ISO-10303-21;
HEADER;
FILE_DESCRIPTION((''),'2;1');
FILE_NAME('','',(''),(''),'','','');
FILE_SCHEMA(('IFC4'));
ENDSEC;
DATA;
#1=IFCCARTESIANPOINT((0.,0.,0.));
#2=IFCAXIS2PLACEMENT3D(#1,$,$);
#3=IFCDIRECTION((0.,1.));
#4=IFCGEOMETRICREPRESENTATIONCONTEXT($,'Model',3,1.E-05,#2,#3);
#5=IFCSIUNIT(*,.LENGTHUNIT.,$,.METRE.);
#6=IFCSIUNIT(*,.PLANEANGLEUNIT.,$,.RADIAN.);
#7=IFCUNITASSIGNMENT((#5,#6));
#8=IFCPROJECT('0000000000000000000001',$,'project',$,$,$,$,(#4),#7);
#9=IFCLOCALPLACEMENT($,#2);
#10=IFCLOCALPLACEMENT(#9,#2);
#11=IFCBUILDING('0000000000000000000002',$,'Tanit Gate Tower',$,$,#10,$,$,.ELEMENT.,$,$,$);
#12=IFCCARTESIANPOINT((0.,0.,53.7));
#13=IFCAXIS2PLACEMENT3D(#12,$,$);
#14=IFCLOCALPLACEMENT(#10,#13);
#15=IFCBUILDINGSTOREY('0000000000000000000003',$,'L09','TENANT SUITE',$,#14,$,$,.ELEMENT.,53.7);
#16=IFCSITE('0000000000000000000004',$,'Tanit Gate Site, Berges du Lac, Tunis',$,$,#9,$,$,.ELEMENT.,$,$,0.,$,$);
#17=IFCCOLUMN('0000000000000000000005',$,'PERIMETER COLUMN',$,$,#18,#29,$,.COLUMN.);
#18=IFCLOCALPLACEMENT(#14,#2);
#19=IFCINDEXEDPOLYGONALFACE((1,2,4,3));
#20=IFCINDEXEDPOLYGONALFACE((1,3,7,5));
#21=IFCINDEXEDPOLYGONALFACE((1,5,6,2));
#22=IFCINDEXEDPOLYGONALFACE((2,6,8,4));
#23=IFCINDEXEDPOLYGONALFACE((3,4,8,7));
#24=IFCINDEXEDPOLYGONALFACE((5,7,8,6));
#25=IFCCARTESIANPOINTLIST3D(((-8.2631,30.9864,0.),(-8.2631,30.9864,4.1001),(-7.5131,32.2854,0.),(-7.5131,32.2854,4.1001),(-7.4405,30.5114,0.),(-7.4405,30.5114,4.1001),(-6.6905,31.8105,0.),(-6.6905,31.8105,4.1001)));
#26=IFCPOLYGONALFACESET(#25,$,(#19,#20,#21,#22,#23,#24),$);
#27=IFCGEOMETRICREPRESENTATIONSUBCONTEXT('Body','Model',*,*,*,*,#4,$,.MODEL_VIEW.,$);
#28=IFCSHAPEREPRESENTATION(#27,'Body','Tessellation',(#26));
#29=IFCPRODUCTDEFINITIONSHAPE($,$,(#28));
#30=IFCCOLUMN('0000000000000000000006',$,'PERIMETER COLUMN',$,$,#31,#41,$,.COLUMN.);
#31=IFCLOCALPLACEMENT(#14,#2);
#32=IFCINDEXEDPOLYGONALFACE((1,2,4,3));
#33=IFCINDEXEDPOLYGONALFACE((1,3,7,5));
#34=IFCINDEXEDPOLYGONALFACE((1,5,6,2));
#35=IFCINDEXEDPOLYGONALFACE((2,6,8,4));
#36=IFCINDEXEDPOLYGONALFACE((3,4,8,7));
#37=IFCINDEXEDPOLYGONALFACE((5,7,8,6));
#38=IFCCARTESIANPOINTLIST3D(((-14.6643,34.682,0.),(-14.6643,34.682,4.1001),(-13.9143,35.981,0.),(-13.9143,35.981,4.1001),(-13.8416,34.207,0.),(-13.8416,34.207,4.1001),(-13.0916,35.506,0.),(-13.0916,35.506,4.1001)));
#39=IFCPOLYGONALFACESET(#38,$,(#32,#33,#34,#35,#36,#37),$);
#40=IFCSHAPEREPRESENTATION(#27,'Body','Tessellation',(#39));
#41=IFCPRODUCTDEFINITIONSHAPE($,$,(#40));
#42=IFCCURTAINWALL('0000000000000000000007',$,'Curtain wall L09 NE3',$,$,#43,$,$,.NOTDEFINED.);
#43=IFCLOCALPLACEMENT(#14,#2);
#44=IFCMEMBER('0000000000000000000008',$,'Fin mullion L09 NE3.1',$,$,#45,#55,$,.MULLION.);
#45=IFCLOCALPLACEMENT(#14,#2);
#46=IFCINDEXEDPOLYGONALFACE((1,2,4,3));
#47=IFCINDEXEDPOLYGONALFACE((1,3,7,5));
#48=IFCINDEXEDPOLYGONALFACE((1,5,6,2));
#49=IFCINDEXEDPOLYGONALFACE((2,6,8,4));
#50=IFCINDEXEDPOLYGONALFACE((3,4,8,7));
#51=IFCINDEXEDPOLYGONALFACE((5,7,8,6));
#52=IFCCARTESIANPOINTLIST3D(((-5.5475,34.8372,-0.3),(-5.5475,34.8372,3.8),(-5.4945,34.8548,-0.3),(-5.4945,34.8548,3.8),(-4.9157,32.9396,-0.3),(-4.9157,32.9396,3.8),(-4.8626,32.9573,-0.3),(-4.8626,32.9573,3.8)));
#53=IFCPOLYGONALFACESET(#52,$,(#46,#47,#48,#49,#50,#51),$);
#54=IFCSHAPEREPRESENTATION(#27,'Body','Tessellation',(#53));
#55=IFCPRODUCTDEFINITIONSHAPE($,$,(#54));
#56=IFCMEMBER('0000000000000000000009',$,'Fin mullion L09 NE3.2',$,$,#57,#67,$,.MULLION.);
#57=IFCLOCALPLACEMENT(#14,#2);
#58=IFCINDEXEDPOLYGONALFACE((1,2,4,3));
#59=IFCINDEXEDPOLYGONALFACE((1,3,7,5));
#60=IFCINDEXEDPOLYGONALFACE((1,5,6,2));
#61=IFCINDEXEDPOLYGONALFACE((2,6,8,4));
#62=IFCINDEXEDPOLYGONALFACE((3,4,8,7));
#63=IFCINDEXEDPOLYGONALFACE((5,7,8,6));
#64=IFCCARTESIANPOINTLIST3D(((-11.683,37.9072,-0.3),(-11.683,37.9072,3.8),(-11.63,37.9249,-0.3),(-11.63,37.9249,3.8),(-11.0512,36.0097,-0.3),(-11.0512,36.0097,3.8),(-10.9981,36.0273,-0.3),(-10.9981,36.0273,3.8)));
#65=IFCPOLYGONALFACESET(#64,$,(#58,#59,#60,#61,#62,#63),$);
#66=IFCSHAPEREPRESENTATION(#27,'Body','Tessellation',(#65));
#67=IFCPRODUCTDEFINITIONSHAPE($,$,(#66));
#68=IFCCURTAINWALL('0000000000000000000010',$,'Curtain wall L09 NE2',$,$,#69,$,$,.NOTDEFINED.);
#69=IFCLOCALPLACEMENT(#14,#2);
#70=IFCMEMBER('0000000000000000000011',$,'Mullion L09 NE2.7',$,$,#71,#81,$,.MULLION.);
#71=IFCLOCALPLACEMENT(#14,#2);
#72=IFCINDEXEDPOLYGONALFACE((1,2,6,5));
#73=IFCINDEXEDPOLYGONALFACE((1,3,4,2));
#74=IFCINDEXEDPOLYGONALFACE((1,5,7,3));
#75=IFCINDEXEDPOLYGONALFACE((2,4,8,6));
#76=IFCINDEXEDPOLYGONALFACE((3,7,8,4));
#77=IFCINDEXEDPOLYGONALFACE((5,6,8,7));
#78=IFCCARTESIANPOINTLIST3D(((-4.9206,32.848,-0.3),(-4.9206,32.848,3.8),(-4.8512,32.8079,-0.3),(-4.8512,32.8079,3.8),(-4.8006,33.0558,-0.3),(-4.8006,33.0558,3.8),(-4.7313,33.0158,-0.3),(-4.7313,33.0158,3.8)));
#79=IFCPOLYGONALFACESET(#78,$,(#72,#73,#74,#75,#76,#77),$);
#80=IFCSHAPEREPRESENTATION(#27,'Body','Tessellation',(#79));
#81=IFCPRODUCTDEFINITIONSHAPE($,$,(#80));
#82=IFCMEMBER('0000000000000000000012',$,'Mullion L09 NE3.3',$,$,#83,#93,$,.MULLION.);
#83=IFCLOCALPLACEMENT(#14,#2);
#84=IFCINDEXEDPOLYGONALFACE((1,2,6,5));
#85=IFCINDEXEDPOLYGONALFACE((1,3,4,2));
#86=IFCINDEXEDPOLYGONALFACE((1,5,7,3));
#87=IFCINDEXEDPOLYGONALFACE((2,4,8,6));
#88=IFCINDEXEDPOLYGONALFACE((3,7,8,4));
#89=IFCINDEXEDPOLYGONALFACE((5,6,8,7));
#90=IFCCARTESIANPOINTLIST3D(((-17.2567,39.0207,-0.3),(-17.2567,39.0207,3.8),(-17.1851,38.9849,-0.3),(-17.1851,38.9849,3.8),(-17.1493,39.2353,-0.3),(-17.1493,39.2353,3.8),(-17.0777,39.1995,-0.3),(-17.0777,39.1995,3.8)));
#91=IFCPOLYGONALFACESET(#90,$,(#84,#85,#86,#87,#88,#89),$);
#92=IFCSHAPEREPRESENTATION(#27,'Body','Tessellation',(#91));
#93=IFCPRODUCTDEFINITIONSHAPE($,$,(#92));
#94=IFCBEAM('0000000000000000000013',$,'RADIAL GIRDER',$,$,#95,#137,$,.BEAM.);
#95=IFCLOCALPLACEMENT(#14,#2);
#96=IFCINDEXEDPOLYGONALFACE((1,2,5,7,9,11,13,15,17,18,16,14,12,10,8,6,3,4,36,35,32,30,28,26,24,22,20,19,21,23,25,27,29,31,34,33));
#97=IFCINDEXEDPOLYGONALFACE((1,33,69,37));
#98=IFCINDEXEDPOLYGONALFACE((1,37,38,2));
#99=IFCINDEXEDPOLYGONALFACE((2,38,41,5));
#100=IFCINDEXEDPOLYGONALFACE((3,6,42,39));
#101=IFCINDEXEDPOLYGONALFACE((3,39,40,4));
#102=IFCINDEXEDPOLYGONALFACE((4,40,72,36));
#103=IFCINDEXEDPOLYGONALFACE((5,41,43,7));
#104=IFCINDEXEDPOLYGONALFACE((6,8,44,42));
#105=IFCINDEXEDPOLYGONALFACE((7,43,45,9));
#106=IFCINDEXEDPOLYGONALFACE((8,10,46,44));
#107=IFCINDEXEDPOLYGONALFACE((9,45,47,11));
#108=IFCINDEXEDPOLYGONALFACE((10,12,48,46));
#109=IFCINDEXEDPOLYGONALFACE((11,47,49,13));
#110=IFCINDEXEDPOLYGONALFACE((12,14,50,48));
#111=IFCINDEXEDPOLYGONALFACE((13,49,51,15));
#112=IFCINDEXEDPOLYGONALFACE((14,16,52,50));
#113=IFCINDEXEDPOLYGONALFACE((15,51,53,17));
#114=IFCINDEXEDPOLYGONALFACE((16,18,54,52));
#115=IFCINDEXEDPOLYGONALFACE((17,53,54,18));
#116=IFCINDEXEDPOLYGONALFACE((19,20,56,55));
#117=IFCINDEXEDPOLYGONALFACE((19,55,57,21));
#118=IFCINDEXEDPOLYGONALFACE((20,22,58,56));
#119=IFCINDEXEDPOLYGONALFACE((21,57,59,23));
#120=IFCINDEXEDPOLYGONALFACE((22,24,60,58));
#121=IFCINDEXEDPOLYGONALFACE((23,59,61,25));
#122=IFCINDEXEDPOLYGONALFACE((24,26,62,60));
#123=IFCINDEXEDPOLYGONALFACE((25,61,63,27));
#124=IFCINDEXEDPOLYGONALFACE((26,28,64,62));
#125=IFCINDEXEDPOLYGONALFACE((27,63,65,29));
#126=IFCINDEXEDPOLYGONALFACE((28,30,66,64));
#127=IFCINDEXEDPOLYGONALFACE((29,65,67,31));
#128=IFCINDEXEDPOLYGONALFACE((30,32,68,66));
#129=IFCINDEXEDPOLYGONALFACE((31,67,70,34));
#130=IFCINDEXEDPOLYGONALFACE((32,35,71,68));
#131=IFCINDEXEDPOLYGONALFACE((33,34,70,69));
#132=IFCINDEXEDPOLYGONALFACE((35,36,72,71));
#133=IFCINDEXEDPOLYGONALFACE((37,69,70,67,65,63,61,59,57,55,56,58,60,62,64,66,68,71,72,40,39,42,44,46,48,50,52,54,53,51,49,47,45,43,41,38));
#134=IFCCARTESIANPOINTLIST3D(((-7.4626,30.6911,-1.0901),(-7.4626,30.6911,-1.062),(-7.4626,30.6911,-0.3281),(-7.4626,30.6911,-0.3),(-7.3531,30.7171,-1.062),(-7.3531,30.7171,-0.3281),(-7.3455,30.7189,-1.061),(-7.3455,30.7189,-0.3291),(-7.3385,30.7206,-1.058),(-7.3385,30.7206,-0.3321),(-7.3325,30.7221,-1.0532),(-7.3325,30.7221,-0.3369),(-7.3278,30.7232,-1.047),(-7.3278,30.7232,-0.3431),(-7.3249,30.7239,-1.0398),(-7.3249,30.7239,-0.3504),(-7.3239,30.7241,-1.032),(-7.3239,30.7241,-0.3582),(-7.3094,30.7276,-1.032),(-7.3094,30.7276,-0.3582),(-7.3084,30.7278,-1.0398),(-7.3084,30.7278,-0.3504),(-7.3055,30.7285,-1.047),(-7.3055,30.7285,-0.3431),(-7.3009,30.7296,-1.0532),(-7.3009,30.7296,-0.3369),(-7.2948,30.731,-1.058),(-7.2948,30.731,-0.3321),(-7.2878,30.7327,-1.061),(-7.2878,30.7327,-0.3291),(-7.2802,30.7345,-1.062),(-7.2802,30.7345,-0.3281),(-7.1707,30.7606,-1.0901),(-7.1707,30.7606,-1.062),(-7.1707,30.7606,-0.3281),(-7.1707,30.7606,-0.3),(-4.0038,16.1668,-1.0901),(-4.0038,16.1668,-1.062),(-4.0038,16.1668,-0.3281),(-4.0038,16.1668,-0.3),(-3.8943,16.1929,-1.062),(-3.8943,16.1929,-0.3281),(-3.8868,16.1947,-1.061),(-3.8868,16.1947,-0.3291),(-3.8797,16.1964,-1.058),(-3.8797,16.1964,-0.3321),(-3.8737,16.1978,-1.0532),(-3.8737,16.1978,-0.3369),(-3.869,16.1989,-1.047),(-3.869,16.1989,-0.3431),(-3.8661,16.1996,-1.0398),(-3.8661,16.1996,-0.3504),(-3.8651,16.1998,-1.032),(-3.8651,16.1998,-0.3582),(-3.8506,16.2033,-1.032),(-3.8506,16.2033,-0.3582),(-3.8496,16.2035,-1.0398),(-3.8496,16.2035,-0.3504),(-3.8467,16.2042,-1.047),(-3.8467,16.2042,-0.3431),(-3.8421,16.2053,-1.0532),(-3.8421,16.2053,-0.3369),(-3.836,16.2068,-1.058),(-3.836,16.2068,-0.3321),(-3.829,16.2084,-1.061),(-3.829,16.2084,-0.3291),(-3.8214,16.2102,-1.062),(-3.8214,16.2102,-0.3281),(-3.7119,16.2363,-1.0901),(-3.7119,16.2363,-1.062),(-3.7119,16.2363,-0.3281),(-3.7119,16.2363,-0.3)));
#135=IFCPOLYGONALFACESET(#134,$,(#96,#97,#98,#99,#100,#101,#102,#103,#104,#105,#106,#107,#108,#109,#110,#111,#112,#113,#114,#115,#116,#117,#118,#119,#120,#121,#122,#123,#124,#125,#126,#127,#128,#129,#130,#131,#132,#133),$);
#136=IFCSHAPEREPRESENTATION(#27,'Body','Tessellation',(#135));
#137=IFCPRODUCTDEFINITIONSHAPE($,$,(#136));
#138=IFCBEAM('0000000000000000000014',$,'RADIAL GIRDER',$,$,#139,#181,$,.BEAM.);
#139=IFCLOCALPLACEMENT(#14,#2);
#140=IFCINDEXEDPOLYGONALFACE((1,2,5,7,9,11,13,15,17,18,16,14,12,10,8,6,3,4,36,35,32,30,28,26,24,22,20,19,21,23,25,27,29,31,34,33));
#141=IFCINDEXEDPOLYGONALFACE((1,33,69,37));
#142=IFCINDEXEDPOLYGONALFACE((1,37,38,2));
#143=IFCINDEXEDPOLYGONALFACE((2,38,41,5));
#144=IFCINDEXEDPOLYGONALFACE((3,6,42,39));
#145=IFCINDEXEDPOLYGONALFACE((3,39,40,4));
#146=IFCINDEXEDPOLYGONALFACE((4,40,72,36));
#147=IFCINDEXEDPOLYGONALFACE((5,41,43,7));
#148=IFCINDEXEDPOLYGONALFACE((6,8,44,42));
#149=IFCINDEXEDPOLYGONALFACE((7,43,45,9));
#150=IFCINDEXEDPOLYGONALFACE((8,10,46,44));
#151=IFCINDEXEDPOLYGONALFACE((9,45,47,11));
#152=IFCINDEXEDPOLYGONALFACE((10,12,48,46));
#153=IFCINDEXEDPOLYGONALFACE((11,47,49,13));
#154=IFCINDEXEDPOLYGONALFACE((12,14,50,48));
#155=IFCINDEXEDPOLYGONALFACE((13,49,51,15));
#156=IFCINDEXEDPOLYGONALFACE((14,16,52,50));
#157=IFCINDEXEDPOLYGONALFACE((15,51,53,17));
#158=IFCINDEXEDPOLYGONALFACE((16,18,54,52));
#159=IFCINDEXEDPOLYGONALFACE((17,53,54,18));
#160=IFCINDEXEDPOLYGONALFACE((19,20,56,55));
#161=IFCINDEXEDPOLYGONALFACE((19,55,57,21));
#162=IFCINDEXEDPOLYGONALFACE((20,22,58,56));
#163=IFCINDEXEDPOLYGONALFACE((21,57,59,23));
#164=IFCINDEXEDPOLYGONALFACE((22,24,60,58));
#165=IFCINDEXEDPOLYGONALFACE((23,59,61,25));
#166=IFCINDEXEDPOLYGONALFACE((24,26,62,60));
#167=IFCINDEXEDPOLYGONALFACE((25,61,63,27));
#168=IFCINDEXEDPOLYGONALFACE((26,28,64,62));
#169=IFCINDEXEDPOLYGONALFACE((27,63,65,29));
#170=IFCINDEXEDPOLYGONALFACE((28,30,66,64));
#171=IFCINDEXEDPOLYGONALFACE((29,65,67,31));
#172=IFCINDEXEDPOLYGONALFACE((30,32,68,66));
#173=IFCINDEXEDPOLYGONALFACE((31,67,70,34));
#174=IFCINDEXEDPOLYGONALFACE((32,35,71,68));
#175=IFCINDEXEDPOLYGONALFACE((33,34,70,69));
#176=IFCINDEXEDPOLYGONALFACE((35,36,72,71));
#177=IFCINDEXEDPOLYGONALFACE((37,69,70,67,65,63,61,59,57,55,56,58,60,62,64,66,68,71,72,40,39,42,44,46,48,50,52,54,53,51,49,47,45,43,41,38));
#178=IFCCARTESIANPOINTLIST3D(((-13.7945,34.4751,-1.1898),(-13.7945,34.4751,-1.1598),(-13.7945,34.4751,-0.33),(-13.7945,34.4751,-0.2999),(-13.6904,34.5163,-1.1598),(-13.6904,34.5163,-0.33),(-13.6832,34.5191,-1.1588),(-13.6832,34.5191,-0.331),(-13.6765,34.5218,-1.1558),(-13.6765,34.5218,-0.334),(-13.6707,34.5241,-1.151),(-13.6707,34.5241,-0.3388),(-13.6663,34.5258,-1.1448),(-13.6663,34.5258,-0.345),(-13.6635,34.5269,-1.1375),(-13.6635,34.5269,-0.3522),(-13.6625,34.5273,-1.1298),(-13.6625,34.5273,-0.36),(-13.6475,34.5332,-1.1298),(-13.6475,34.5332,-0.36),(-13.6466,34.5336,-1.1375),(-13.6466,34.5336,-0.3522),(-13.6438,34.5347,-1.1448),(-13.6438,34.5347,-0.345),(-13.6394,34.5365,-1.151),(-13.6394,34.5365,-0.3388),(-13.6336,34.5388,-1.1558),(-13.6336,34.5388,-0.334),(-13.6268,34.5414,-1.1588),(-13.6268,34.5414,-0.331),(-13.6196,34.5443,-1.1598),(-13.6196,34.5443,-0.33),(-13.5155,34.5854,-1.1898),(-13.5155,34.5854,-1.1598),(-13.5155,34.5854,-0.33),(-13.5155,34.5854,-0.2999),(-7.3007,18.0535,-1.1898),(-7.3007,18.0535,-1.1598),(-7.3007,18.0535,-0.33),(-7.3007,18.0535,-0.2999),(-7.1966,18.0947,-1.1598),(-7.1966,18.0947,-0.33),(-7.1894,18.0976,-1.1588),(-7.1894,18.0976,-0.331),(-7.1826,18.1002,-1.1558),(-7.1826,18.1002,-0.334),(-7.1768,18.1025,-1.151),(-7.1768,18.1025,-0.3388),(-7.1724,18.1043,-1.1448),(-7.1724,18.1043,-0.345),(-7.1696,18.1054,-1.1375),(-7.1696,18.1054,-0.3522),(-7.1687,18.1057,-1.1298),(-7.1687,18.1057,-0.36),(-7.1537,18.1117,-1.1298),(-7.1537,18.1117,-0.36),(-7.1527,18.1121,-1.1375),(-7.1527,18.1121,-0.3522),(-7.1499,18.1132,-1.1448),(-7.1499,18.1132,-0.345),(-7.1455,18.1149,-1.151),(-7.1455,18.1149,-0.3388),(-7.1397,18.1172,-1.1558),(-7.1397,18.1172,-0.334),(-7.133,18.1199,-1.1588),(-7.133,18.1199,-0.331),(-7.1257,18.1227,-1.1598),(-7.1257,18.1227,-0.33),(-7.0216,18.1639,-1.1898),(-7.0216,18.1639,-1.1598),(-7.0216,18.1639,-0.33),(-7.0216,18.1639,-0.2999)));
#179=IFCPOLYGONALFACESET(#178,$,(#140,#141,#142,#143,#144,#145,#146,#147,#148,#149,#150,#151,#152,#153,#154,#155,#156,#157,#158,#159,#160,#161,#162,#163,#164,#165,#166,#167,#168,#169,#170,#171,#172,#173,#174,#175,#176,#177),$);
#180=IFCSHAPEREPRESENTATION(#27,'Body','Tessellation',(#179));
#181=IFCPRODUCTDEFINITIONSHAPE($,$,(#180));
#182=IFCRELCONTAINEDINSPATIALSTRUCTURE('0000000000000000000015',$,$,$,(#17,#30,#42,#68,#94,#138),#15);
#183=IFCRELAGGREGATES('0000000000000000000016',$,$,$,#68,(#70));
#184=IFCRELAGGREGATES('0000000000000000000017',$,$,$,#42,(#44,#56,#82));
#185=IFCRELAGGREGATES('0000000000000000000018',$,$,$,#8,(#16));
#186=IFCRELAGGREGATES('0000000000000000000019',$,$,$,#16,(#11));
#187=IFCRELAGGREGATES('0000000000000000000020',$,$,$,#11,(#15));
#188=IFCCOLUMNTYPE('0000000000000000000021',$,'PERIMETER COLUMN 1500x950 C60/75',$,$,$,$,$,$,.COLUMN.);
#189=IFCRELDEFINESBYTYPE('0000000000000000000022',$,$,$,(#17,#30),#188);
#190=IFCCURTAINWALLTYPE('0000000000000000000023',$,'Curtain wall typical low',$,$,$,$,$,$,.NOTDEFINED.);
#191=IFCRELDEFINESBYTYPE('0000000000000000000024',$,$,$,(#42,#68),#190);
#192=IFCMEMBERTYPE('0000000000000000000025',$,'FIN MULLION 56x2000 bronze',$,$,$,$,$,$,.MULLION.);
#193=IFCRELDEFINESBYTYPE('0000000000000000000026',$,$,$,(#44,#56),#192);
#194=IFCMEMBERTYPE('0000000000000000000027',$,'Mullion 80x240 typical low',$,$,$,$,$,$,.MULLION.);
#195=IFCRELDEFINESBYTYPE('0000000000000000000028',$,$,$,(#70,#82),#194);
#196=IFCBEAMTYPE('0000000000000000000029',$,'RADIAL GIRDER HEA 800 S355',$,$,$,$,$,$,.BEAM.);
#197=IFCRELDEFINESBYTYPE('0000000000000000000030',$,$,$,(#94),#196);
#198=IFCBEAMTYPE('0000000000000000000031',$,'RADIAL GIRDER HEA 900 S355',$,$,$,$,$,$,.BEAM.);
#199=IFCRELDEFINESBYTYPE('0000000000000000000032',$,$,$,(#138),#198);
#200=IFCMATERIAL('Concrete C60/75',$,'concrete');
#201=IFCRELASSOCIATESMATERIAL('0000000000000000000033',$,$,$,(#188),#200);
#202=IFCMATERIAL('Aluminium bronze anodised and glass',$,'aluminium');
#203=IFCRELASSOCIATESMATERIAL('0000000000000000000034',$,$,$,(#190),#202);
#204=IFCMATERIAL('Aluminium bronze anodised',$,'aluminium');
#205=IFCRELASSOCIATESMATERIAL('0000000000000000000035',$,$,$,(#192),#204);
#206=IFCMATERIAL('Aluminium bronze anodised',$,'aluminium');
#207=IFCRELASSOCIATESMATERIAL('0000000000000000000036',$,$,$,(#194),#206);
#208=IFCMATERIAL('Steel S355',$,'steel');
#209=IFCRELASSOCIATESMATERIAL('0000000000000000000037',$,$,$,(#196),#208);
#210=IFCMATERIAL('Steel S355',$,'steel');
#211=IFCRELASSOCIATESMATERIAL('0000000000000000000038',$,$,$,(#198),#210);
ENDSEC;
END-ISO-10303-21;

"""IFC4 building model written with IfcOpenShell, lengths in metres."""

from ifc_helpers import new_model, si_unit, direction, frame, origin, origin_2d, place, context, subcontext, project, spatial, rectangle, i_section, extrude, material, material_profile, profile_set, type_object, element, aggregate, save


model = new_model("IFC4")

# Units and contexts
model_context = context("Model", 3, precision=1e-05, world=origin(), true_north=direction((0.0, 1.0)))
body_context = subcontext(model_context, "Body", "Model", "MODEL_VIEW")
ifc_project = project(units=[si_unit("LENGTHUNIT", "METRE"), si_unit("PLANEANGLEUNIT", "RADIAN")], contexts=[model_context])

# Site, building, storey
site_placement = place(None, origin())
site = spatial("IfcSite", under=ifc_project, at=site_placement, Name="Tanit Gate Site, Berges du Lac, Tunis", CompositionType="ELEMENT", RefElevation=0.0)
building_placement = place(site_placement, origin())
building = spatial("IfcBuilding", under=site, at=building_placement, Name="Tanit Gate Tower", CompositionType="ELEMENT")
storey_placement = place(building_placement, frame((0.0, 0.0, 53.7)))
storey = spatial("IfcBuildingStorey", under=building, at=storey_placement, Name="L09", Description="TENANT SUITE", CompositionType="ELEMENT", Elevation=53.7)

# Columns
ifc_material_1 = material(Name="Concrete C60/75", Category="concrete")
ifc_material_profile_1 = material_profile(ifc_material_1, rectangle(XDim=1.5, YDim=0.95, at=origin_2d()), Name="RC 1500x950")
ifc_profile_set_1 = profile_set([ifc_material_profile_1], Name="Concrete C60/75")
column_type = type_object("IfcColumnType", Name="PERIMETER COLUMN 1500x950 C60/75", PredefinedType="COLUMN", material=ifc_profile_set_1)
for number, where, z_axis, x_axis, name in (
    (1, (-7.4768, 31.3984, 0.0), (0.0, 0.0, 1.0), (0.5, 0.866025, 0.0), "PERIMETER COLUMN"),
    (2, (-13.8779, 35.094, 0.0), (0.0, 0.0, 1.0), (0.5, 0.866025, 0.0), "PERIMETER COLUMN"),
):
    element("IfcColumn", number, at=place(storey_placement, frame(where, z_axis=z_axis, x_axis=x_axis)), inside=storey, type_object=column_type, Name=name, PredefinedType="COLUMN", context=body_context, shape_type="SweptSolid", body=[
        extrude(rectangle(XDim=1.5, YDim=0.95, at=origin_2d()), origin(), (0.0, 0.0, 1.0), 4.1001),
    ])

# Curtain wall, members
ifc_material_2 = material(Name="Aluminium bronze anodised and glass", Category="aluminium")
curtain_wall_type = type_object("IfcCurtainWallType", Name="Curtain wall typical low", PredefinedType="NOTDEFINED", material=ifc_material_2)
curtain_wall_1_placement = place(storey_placement, origin())
curtain_wall_1 = element("IfcCurtainWall", 3, at=curtain_wall_1_placement, inside=storey, type_object=curtain_wall_type, Name="Curtain wall L09 NE3", PredefinedType="NOTDEFINED")
ifc_material_3 = material(Name="Aluminium bronze anodised", Category="aluminium")
ifc_material_profile_2 = material_profile(ifc_material_3, rectangle(XDim=2.0, YDim=0.0559, at=origin_2d()), Name="56x2000 bronze fin mullion")
ifc_profile_set_2 = profile_set([ifc_material_profile_2], Name="Aluminium bronze anodised")
member_type_1 = type_object("IfcMemberType", Name="FIN MULLION 56x2000 bronze", PredefinedType="MULLION", material=ifc_profile_set_2)
member_1_placement = place(storey_placement, frame((-5.2051, 33.8972, -0.3), z_axis=(0.0, 0.0, 1.0), x_axis=(0.315933, -0.948782, 0.0)))
member_1 = element("IfcMember", 4, at=member_1_placement, type_object=member_type_1, Name="Fin mullion L09 NE3.1", PredefinedType="MULLION", context=body_context, shape_type="SweptSolid", body=[
    extrude(rectangle(XDim=2.0, YDim=0.0559, at=origin_2d()), origin(), (0.0, 0.0, 1.0), 4.1001),
])
member_2_placement = place(storey_placement, frame((-11.3406, 36.9673, -0.3), z_axis=(0.0, 0.0, 1.0), x_axis=(0.315933, -0.948782, 0.0)))
member_2 = element("IfcMember", 5, at=member_2_placement, type_object=member_type_1, Name="Fin mullion L09 NE3.2", PredefinedType="MULLION", context=body_context, shape_type="SweptSolid", body=[
    extrude(rectangle(XDim=2.0, YDim=0.0559, at=origin_2d()), origin(), (0.0, 0.0, 1.0), 4.1001),
])

# Curtain wall, member
curtain_wall_2_placement = place(storey_placement, origin())
curtain_wall_2 = element("IfcCurtainWall", 6, at=curtain_wall_2_placement, inside=storey, type_object=curtain_wall_type, Name="Curtain wall L09 NE2", PredefinedType="NOTDEFINED")
ifc_material_4 = material(Name="Aluminium bronze anodised", Category="aluminium")
ifc_material_profile_3 = material_profile(ifc_material_4, rectangle(XDim=0.24, YDim=0.0801, at=origin_2d()), Name="80x240 bronze mullion")
ifc_profile_set_3 = profile_set([ifc_material_profile_3], Name="Aluminium bronze anodised")
member_type_2 = type_object("IfcMemberType", Name="Mullion 80x240 typical low", PredefinedType="MULLION", material=ifc_profile_set_3)
member_3_placement = place(storey_placement, frame((-4.8259, 32.9319, -0.3), z_axis=(0.0, 0.0, 1.0), x_axis=(-0.49994, -0.86606, 0.0)))
member_3 = element("IfcMember", 7, at=member_3_placement, type_object=member_type_2, Name="Mullion L09 NE2.7", PredefinedType="MULLION", context=body_context, shape_type="SweptSolid", body=[
    extrude(rectangle(XDim=0.24, YDim=0.0801, at=origin_2d()), origin(), (0.0, 0.0, 1.0), 4.1001),
])
aggregate(curtain_wall_2, [member_3])

# Member
member_4_placement = place(storey_placement, frame((-17.1672, 39.1101, -0.3), z_axis=(0.0, 0.0, 1.0), x_axis=(-0.447492, -0.894288, 0.0)))
member_4 = element("IfcMember", 8, at=member_4_placement, type_object=member_type_2, Name="Mullion L09 NE3.3", PredefinedType="MULLION", context=body_context, shape_type="SweptSolid", body=[
    extrude(rectangle(XDim=0.24, YDim=0.0801, at=origin_2d()), origin(), (0.0, 0.0, 1.0), 4.1001),
])

# Beams
ifc_material_5 = material(Name="Steel S355", Category="steel")
ifc_material_profile_4 = material_profile(ifc_material_5, i_section(OverallWidth=0.3, OverallDepth=0.79, WebThickness=0.0149, FlangeThickness=0.0281, FilletRadius=0.03, at=origin_2d()), Name="HEA 800")
ifc_profile_set_4 = profile_set([ifc_material_profile_4], Name="Steel S355")
beam_type_1 = type_object("IfcBeamType", Name="RADIAL GIRDER HEA 800 S355", PredefinedType="BEAM", material=ifc_profile_set_4)
beam_1_placement = place(storey_placement, frame((-7.3167, 30.7258, -0.6951), z_axis=(0.231659, -0.972797, 0.0), x_axis=(0.972797, 0.231659, 0.0)))
element("IfcBeam", 9, at=beam_1_placement, inside=storey, type_object=beam_type_1, Name="RADIAL GIRDER", PredefinedType="BEAM", context=body_context, shape_type="SweptSolid", body=[
    extrude(i_section(OverallWidth=0.3, OverallDepth=0.79, WebThickness=0.0149, FlangeThickness=0.0281, FilletRadius=0.03, at=origin_2d()), origin(), (0.0, 0.0, 1.0), 14.9304),
])
ifc_material_6 = material(Name="Steel S355", Category="steel")
ifc_material_profile_5 = material_profile(ifc_material_6, i_section(OverallWidth=0.3, OverallDepth=0.8899, WebThickness=0.0161, FlangeThickness=0.03, FilletRadius=0.03, at=origin_2d()), Name="HEA 900")
ifc_profile_set_5 = profile_set([ifc_material_profile_5], Name="Steel S355")
beam_type_2 = type_object("IfcBeamType", Name="RADIAL GIRDER HEA 900 S355", PredefinedType="BEAM", material=ifc_profile_set_5)
beam_2_placement = place(storey_placement, frame((-13.655, 34.5303, -0.7449), z_axis=(0.367738, -0.929929, 0.0), x_axis=(0.929929, 0.367738, 0.0)))
element("IfcBeam", 10, at=beam_2_placement, inside=storey, type_object=beam_type_2, Name="RADIAL GIRDER", PredefinedType="BEAM", context=body_context, shape_type="SweptSolid", body=[
    extrude(i_section(OverallWidth=0.3, OverallDepth=0.8899, WebThickness=0.0161, FlangeThickness=0.03, FilletRadius=0.03, at=origin_2d()), origin(), (0.0, 0.0, 1.0), 17.6589),
])

aggregate(curtain_wall_1, [member_1, member_2, member_4])

save(model, "model.ifc")
